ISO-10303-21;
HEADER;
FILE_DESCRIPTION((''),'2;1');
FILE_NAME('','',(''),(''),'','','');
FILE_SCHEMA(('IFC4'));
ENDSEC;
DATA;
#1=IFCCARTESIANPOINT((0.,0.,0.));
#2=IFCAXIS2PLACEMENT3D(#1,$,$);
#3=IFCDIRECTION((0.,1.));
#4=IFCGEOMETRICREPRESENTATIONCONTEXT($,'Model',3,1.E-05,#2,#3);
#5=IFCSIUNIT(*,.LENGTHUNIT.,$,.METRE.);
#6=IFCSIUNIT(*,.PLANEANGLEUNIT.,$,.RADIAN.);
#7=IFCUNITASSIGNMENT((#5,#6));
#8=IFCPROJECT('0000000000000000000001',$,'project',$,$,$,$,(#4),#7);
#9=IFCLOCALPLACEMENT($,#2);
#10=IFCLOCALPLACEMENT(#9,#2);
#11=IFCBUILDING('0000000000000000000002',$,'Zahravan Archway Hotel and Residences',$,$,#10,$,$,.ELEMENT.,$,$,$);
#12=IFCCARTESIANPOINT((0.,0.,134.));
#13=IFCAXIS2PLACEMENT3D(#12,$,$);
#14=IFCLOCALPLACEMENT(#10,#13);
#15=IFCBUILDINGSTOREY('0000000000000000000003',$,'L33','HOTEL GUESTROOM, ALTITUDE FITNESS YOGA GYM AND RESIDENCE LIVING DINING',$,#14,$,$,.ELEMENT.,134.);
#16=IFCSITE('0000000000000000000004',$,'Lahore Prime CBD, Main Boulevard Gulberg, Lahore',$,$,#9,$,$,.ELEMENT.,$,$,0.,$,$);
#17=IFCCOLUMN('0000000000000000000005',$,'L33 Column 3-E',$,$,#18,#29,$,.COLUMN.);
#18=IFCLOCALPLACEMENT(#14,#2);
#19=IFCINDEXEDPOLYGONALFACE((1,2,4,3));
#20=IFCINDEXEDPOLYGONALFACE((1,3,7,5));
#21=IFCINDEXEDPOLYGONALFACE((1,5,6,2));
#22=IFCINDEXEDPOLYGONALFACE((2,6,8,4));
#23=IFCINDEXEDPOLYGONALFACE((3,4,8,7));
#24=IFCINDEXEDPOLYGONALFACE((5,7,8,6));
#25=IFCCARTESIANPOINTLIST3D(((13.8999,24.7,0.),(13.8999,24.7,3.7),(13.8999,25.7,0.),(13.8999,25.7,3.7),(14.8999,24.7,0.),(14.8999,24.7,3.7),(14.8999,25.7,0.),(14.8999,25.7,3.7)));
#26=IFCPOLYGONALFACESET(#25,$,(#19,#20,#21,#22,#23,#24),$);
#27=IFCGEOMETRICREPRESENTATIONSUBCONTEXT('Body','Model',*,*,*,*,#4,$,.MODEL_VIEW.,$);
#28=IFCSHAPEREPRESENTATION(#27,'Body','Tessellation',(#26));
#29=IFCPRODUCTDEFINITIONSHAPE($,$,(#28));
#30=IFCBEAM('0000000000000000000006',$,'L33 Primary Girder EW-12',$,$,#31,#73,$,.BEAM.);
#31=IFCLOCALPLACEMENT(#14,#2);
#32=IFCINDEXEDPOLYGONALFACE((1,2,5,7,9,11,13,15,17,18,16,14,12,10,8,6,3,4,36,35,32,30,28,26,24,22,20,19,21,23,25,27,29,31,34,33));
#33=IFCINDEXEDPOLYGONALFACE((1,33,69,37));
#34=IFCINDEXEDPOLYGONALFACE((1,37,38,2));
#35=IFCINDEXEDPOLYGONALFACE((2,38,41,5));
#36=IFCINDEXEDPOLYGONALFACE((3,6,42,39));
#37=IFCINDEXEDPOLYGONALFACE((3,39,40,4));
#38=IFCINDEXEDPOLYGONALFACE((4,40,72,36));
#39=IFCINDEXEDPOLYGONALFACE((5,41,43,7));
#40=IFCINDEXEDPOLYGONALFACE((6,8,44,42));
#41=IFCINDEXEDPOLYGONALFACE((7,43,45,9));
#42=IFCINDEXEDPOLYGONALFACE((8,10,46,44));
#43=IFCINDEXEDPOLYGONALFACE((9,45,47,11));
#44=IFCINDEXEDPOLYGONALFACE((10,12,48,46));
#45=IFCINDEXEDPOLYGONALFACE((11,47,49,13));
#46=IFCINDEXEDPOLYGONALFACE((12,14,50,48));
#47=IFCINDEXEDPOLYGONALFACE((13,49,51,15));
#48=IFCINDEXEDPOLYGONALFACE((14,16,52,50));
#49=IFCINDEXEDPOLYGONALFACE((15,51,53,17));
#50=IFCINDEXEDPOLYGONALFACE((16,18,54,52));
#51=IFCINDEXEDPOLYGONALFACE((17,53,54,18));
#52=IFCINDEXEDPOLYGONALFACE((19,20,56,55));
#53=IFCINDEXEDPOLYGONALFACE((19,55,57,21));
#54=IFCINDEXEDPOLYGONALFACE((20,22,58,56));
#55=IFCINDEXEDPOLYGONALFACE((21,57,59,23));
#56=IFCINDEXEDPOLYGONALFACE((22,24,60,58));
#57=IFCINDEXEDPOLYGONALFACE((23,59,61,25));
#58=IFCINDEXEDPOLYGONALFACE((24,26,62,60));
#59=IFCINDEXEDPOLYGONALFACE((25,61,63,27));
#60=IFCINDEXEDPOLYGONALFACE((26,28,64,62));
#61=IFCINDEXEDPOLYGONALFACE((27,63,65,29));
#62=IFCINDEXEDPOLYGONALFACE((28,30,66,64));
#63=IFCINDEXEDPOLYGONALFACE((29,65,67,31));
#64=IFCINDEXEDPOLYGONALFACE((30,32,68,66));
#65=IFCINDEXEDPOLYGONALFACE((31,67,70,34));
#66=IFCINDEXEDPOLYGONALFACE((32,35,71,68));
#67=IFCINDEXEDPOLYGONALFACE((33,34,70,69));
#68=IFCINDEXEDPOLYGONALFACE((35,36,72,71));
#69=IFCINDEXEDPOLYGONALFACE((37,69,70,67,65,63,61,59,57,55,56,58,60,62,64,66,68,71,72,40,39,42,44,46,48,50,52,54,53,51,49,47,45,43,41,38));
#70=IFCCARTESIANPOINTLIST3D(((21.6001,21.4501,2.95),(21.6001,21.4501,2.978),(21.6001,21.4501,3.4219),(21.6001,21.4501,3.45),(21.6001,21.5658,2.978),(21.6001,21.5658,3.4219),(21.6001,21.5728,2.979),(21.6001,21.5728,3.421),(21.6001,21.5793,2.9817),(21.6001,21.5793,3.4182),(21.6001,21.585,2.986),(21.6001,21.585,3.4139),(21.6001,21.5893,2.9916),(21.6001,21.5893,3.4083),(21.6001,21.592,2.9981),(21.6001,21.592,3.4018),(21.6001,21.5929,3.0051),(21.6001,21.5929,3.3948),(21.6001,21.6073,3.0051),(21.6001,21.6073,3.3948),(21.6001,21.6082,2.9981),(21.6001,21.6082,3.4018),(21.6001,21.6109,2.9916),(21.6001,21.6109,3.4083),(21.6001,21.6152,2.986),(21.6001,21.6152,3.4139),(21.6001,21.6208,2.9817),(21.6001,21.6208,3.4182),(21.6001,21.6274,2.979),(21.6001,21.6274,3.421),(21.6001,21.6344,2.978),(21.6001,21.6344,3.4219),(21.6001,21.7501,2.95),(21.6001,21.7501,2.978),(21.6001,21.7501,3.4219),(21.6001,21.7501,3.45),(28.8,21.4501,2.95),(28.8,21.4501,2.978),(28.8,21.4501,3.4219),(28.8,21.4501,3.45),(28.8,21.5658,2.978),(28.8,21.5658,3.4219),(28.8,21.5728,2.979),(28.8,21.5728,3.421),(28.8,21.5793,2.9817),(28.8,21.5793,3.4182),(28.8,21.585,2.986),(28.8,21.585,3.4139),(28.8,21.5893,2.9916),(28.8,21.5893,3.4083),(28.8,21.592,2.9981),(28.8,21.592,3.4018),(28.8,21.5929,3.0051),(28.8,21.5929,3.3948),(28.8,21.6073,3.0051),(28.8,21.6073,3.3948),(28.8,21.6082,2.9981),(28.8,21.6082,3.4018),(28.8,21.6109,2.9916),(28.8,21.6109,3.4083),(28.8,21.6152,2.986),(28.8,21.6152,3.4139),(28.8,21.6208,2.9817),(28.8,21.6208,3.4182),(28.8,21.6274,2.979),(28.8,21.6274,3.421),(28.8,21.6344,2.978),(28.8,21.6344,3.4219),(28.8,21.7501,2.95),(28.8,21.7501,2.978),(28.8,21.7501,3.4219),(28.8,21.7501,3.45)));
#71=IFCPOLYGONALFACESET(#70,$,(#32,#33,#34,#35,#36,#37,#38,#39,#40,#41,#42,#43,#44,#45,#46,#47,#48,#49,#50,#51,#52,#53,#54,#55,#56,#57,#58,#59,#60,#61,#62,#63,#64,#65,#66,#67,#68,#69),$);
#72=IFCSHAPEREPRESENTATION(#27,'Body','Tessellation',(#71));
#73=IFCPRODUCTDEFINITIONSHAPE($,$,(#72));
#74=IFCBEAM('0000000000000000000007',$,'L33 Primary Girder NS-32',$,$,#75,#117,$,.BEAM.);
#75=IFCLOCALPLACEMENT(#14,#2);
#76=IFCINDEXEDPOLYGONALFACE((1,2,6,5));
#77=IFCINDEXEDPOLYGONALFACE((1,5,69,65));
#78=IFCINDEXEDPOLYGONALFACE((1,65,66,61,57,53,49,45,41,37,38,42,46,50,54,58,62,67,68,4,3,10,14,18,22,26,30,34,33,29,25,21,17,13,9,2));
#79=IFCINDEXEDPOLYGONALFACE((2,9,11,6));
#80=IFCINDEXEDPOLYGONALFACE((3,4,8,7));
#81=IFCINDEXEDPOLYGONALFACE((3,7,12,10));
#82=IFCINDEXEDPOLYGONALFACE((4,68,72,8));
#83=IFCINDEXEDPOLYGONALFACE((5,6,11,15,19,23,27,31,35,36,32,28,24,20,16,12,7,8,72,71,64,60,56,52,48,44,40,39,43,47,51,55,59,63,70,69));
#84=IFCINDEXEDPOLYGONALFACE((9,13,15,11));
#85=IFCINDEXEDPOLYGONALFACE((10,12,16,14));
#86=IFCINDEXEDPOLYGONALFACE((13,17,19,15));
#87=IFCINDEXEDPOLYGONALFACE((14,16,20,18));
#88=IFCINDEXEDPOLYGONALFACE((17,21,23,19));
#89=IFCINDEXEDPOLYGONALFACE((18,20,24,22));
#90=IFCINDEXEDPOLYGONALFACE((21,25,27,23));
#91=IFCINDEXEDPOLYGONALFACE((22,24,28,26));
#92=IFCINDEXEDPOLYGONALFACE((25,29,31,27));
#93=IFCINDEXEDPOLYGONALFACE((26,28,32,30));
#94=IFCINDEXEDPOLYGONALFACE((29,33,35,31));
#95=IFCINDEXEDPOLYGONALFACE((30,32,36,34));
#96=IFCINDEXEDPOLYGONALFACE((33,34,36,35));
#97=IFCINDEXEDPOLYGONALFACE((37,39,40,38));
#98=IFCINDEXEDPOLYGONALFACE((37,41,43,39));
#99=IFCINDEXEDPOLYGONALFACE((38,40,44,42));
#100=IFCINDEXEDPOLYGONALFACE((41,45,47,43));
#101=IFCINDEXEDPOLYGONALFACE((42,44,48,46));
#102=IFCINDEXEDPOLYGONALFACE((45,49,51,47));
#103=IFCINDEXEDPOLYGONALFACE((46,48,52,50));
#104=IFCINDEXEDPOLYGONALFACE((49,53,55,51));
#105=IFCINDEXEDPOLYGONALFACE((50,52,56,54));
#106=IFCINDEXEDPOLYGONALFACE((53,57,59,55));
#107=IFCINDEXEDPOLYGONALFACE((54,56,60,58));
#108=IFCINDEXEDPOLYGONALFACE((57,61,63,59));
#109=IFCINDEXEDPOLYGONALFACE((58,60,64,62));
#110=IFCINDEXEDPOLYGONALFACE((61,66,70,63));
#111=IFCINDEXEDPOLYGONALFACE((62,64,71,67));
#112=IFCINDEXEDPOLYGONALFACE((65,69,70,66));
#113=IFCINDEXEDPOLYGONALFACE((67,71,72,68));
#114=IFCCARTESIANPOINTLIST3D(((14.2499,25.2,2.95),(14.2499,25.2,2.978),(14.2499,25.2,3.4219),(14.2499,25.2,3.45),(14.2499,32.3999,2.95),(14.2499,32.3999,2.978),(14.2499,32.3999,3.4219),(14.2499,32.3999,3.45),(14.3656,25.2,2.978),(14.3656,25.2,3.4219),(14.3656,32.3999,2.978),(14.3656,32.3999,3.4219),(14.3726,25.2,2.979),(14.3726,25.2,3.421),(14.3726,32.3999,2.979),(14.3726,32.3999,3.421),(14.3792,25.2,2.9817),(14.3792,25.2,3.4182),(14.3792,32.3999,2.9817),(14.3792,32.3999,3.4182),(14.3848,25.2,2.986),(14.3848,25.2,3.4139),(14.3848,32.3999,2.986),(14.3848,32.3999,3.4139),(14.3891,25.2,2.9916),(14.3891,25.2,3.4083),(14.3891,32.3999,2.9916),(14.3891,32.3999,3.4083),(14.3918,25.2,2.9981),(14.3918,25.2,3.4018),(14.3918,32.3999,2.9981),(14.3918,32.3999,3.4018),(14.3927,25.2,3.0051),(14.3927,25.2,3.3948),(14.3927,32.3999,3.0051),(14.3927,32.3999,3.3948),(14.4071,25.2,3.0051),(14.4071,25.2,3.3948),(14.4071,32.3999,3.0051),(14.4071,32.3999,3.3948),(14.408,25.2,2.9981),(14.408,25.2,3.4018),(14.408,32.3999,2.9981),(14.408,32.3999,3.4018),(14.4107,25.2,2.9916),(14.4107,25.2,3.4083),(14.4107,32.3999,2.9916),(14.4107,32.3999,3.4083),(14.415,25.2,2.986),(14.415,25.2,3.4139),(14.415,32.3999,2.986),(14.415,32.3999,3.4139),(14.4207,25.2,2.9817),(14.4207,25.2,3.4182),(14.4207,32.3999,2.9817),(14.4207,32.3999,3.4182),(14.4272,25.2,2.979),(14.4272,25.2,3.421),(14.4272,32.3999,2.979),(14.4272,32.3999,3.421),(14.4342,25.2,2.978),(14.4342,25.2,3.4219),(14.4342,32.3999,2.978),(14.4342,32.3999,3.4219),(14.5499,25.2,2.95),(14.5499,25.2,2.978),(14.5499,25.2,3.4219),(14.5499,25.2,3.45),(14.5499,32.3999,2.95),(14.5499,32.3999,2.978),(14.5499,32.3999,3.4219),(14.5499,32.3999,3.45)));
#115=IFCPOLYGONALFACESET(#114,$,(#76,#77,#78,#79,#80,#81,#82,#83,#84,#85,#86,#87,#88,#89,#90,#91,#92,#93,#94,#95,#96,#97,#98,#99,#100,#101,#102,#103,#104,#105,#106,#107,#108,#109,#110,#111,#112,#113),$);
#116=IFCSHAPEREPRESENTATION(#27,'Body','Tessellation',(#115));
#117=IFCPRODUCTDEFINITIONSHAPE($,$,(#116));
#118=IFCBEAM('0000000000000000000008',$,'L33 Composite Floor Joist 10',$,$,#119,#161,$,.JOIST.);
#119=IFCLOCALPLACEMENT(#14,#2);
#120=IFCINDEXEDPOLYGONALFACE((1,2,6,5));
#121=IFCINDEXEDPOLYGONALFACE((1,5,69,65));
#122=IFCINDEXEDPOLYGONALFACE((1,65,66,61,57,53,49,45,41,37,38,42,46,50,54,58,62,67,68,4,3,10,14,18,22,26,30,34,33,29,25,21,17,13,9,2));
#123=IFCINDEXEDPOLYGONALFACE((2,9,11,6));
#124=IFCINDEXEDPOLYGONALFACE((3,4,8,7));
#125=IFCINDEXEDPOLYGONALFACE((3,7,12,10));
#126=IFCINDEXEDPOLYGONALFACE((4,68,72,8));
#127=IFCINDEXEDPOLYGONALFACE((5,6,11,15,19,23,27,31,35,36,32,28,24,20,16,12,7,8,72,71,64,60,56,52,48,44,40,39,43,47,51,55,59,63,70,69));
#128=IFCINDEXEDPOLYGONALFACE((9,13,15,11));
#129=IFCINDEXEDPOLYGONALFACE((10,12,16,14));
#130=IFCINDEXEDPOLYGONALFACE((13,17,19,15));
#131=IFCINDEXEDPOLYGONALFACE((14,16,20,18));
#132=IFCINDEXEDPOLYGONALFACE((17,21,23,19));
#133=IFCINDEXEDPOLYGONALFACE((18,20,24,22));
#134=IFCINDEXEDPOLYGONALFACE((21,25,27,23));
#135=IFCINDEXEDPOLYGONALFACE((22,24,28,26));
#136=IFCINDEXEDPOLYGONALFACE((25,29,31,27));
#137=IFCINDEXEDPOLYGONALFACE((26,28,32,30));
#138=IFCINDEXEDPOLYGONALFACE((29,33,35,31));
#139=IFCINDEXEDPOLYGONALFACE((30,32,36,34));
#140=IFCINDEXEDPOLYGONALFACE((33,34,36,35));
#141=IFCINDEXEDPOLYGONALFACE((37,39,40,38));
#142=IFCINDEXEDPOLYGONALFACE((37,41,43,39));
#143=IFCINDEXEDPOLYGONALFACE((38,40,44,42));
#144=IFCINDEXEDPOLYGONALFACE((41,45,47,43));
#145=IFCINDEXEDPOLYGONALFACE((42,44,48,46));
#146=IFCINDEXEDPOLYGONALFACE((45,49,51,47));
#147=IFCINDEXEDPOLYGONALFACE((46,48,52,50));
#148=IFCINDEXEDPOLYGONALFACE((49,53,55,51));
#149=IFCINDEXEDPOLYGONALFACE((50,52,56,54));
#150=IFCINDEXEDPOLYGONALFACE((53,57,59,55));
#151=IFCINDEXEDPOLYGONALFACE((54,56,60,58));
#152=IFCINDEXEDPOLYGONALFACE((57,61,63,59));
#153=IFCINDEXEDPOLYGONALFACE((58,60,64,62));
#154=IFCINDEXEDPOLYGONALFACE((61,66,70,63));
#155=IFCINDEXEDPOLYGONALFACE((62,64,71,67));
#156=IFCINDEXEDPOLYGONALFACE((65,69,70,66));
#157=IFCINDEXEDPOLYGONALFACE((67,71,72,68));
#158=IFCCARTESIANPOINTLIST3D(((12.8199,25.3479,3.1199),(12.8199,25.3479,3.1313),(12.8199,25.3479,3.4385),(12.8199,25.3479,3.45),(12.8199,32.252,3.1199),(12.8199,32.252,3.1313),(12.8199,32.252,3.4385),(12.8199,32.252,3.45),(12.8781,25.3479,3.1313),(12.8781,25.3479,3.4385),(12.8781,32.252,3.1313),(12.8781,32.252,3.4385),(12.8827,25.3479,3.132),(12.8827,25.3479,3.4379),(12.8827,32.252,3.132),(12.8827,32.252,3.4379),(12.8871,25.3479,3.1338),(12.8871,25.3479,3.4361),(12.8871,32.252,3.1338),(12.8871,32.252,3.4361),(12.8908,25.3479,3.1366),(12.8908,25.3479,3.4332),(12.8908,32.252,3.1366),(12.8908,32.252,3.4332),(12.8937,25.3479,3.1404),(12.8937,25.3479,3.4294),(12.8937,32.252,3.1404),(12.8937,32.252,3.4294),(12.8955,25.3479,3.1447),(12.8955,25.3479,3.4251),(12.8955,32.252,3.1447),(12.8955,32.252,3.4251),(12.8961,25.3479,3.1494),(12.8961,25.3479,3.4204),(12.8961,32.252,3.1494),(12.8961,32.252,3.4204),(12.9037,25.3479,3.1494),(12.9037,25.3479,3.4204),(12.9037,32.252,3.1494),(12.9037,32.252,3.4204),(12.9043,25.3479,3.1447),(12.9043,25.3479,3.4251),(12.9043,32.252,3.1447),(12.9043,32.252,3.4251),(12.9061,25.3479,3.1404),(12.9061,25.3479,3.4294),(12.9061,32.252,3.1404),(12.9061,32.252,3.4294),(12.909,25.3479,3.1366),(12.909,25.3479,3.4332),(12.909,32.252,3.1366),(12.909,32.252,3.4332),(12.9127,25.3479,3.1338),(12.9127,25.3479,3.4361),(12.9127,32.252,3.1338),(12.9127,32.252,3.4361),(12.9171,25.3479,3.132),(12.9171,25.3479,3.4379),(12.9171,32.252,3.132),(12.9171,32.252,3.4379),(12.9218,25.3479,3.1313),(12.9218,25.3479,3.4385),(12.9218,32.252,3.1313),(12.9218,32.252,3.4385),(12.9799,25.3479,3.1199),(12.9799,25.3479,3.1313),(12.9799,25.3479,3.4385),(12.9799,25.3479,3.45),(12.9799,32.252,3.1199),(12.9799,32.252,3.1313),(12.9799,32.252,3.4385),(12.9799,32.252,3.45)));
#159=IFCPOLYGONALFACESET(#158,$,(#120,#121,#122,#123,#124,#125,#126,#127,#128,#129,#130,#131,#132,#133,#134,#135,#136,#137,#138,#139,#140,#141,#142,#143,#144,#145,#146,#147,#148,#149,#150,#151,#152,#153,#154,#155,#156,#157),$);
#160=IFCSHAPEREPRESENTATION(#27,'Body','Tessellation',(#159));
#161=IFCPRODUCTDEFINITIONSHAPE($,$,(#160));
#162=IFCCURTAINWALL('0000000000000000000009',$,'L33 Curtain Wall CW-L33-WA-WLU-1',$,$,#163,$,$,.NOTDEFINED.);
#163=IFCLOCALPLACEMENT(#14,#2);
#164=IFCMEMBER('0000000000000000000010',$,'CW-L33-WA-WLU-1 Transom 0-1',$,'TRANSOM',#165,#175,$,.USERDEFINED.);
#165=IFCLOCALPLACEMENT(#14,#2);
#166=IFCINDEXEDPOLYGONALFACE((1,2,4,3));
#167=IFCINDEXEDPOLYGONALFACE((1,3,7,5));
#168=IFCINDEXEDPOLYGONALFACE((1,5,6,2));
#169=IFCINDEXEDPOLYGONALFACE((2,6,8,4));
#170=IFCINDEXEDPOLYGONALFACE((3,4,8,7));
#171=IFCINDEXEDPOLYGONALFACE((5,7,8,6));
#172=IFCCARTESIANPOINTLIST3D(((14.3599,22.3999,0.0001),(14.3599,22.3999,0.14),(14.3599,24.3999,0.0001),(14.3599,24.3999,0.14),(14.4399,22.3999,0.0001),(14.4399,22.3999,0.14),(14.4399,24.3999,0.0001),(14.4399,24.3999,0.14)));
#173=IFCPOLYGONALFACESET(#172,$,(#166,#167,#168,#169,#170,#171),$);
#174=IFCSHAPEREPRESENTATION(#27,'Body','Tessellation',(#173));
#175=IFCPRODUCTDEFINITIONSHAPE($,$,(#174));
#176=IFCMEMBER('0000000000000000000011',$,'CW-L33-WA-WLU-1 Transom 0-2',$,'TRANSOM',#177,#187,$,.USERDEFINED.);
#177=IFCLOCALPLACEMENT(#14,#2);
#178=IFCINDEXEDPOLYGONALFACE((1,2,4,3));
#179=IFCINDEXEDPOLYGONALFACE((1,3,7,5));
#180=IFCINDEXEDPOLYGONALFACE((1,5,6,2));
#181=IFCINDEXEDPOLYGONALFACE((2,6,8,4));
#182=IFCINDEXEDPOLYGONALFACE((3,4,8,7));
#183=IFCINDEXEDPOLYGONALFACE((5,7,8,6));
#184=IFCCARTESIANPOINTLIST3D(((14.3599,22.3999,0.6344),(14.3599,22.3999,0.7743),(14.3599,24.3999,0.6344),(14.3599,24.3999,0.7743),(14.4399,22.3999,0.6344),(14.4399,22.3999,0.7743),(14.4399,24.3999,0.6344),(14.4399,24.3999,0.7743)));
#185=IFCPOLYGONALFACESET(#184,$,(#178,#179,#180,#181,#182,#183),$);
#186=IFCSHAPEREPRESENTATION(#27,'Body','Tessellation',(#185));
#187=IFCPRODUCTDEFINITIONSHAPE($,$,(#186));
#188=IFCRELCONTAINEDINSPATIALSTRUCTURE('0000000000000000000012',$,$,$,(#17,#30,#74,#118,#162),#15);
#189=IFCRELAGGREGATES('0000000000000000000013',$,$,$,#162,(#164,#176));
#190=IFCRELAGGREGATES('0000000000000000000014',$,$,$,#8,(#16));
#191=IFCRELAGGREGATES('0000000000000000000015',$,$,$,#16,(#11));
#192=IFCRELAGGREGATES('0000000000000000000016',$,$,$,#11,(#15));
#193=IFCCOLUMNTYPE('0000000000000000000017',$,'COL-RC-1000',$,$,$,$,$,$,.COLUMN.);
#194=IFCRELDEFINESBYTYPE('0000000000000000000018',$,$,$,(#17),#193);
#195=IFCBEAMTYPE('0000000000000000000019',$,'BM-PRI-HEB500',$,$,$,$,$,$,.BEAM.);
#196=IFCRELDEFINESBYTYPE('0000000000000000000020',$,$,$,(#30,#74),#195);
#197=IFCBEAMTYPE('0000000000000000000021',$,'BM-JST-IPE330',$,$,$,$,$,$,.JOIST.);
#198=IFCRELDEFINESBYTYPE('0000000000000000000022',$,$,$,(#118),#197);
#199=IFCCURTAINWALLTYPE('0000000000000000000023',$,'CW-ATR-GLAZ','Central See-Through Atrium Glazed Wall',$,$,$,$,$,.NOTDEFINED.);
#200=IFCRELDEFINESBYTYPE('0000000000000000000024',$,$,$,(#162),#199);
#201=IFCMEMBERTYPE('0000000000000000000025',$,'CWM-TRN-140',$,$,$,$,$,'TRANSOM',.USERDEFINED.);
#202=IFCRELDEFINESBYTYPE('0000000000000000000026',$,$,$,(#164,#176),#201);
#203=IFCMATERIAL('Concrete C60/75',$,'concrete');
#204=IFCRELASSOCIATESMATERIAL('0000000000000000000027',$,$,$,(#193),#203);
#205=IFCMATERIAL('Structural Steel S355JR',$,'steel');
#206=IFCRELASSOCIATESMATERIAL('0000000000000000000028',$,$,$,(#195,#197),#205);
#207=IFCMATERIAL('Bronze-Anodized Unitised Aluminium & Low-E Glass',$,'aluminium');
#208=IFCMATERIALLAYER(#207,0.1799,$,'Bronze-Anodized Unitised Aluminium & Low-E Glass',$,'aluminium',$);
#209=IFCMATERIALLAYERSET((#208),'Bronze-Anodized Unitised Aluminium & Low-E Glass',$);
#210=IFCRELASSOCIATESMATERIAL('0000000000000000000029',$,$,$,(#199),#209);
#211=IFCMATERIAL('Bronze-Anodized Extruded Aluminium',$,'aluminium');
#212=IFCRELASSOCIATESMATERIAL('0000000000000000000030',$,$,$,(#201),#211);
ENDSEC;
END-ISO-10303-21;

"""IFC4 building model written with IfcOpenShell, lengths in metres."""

from ifc_helpers import new_model, si_unit, direction, frame, origin, origin_2d, place, context, subcontext, project, spatial, rectangle, i_section, extrude, source, transform, mapped, material, layer, layer_set, material_profile, profile_set, type_object, type_shapes, element, aggregate, save


model = new_model("IFC4")

# Units and contexts
model_context = context("Model", 3, precision=1e-05, world=origin(), true_north=direction((0.0, 1.0)))
body_context = subcontext(model_context, "Body", "Model", "MODEL_VIEW")
ifc_project = project(units=[si_unit("LENGTHUNIT", "METRE"), si_unit("PLANEANGLEUNIT", "RADIAN")], contexts=[model_context])

# Site, building, storey
site_placement = place(None, origin())
site = spatial("IfcSite", under=ifc_project, at=site_placement, Name="Lahore Prime CBD, Main Boulevard Gulberg, Lahore", CompositionType="ELEMENT", RefElevation=0.0)
building_placement = place(site_placement, origin())
building = spatial("IfcBuilding", under=site, at=building_placement, Name="Zahravan Archway Hotel and Residences", CompositionType="ELEMENT")
storey_placement = place(building_placement, frame((0.0, 0.0, 134.0)))
storey = spatial("IfcBuildingStorey", under=building, at=storey_placement, Name="L33", Description="HOTEL GUESTROOM, ALTITUDE FITNESS YOGA GYM AND RESIDENCE LIVING DINING", CompositionType="ELEMENT", Elevation=134.0)

# Column
ifc_material_1 = material(Name="Concrete C60/75", Category="concrete")
ifc_material_profile_1 = material_profile(ifc_material_1, rectangle(XDim=1.0, YDim=1.0, at=origin_2d()), Name="RC-COL-1000x1000", Category="concrete")
ifc_profile_set_1 = profile_set([ifc_material_profile_1], Name="Concrete C60/75")
column_type = type_object("IfcColumnType", Name="COL-RC-1000", PredefinedType="COLUMN", material=ifc_profile_set_1)
shared_shape_1 = source(origin(), body_context, "Body", "SweptSolid", [
    extrude(rectangle(XDim=1.0, YDim=1.0, at=origin_2d()), origin(), (0.0, 0.0, 1.0), 3.7),
])
type_shapes(column_type, [shared_shape_1])
column_placement = place(storey_placement, frame((14.3999, 25.2, 0.0), z_axis=(0.0, 0.0, 1.0), x_axis=(1.0, 0.0, 0.0)))
element("IfcColumn", 1, at=column_placement, inside=storey, type_object=column_type, Name="L33 Column 3-E", PredefinedType="COLUMN", context=body_context, shape_type="MappedRepresentation", body=[
    mapped(shared_shape_1, transform((0.0, 0.0, 0.0), scale=1.0)),
])

# Beams
ifc_material_2 = material(Name="Structural Steel S355JR", Category="steel")
ifc_material_profile_2 = material_profile(ifc_material_2, i_section(OverallWidth=0.3, OverallDepth=0.5, WebThickness=0.0144, FlangeThickness=0.0281, FilletRadius=0.0271, at=origin_2d()), Name="HEB 500", Category="steel")
ifc_profile_set_2 = profile_set([ifc_material_profile_2], Name="Structural Steel S355JR")
beam_type_1 = type_object("IfcBeamType", Name="BM-PRI-HEB500", PredefinedType="BEAM", material=ifc_profile_set_2)
shared_shape_2 = source(origin(), body_context, "Body", "SweptSolid", [
    extrude(i_section(OverallWidth=0.3, OverallDepth=0.5, WebThickness=0.0144, FlangeThickness=0.0281, FilletRadius=0.0271, at=origin_2d()), origin(), (0.0, 0.0, 1.0), 7.2),
])
for number, where, z_axis, x_axis, name in (
    (2, (21.6001, 21.6001, 3.2), (1.0, 0.0, 0.0), (0.0, 1.0, 0.0), "L33 Primary Girder EW-12"),
    (3, (14.3999, 25.2, 3.2), (0.0, 1.0, 0.0), (-1.0, 0.0, 0.0), "L33 Primary Girder NS-32"),
):
    element("IfcBeam", number, at=place(storey_placement, frame(where, z_axis=z_axis, x_axis=x_axis)), inside=storey, type_object=beam_type_1, Name=name, PredefinedType="BEAM", context=body_context, shape_type="MappedRepresentation", body=[
        mapped(shared_shape_2, transform((0.0, 0.0, 0.0), scale=1.0)),
    ])
ifc_material_profile_3 = material_profile(ifc_material_2, i_section(OverallWidth=0.1599, OverallDepth=0.3301, WebThickness=0.0076, FlangeThickness=0.0115, FilletRadius=0.0181, at=origin_2d()), Name="IPE 330", Category="steel")
ifc_profile_set_3 = profile_set([ifc_material_profile_3], Name="Structural Steel S355JR")
beam_type_2 = type_object("IfcBeamType", Name="BM-JST-IPE330", PredefinedType="JOIST", material=ifc_profile_set_3)
shared_shape_3 = source(origin(), body_context, "Body", "SweptSolid", [
    extrude(i_section(OverallWidth=0.1599, OverallDepth=0.3301, WebThickness=0.0076, FlangeThickness=0.0115, FilletRadius=0.0181, at=origin_2d()), origin(), (0.0, 0.0, 1.0), 6.9041),
])
type_shapes(beam_type_2, [shared_shape_3])
beam_placement = place(storey_placement, frame((12.8999, 25.3479, 3.2849), z_axis=(0.0, 1.0, 0.0), x_axis=(-1.0, 0.0, 0.0)))
element("IfcBeam", 4, at=beam_placement, inside=storey, type_object=beam_type_2, Name="L33 Composite Floor Joist 10", PredefinedType="JOIST", context=body_context, shape_type="MappedRepresentation", body=[
    mapped(shared_shape_3, transform((0.0, 0.0, 0.0), scale=1.0)),
])

# Curtain wall, members
ifc_material_3 = material(Name="Bronze-Anodized Unitised Aluminium & Low-E Glass", Category="aluminium")
ifc_layer_1 = layer(ifc_material_3, 0.1799, Name="Bronze-Anodized Unitised Aluminium & Low-E Glass", Category="aluminium")
ifc_layer_set_1 = layer_set([ifc_layer_1], Name="Bronze-Anodized Unitised Aluminium & Low-E Glass")
curtain_wall_type = type_object("IfcCurtainWallType", Name="CW-ATR-GLAZ", Description="Central See-Through Atrium Glazed Wall", PredefinedType="NOTDEFINED", material=ifc_layer_set_1)
curtain_wall_1_placement = place(storey_placement, origin())
curtain_wall_1 = element("IfcCurtainWall", 5, at=curtain_wall_1_placement, inside=storey, type_object=curtain_wall_type, Name="L33 Curtain Wall CW-L33-WA-WLU-1", PredefinedType="NOTDEFINED")
ifc_material_4 = material(Name="Bronze-Anodized Extruded Aluminium", Category="aluminium")
ifc_material_profile_4 = material_profile(ifc_material_4, rectangle(XDim=0.0801, YDim=0.1399, at=origin_2d()), Name="TRN 80x140", Category="aluminium")
ifc_profile_set_4 = profile_set([ifc_material_profile_4], Name="Bronze-Anodized Extruded Aluminium")
member_type_1 = type_object("IfcMemberType", Name="CWM-TRN-140", ElementType="TRANSOM", PredefinedType="USERDEFINED", material=ifc_profile_set_4)
shared_shape_4 = source(origin(), body_context, "Body", "SweptSolid", [
    extrude(rectangle(XDim=0.0801, YDim=0.1399, at=origin_2d()), origin(), (0.0, 0.0, 1.0), 2.0),
])
member_1_placement = place(storey_placement, frame((14.3999, 22.3999, 0.0701), z_axis=(0.0, 1.0, 0.0), x_axis=(-1.0, 0.0, 0.0)))
member_1 = element("IfcMember", 6, at=member_1_placement, type_object=member_type_1, Name="CW-L33-WA-WLU-1 Transom 0-1", ObjectType="TRANSOM", PredefinedType="USERDEFINED", context=body_context, shape_type="MappedRepresentation", body=[
    mapped(shared_shape_4, transform((0.0, 0.0, 0.0), scale=1.0)),
])
member_2_placement = place(storey_placement, frame((14.3999, 22.3999, 0.7043), z_axis=(0.0, 1.0, 0.0), x_axis=(-1.0, 0.0, 0.0)))
member_2 = element("IfcMember", 7, at=member_2_placement, type_object=member_type_1, Name="CW-L33-WA-WLU-1 Transom 0-2", ObjectType="TRANSOM", PredefinedType="USERDEFINED", context=body_context, shape_type="MappedRepresentation", body=[
    mapped(shared_shape_4, transform((0.0, 0.0, 0.0), scale=1.0)),
])

aggregate(curtain_wall_1, [member_1, member_2])

save(model, "model.ifc")
